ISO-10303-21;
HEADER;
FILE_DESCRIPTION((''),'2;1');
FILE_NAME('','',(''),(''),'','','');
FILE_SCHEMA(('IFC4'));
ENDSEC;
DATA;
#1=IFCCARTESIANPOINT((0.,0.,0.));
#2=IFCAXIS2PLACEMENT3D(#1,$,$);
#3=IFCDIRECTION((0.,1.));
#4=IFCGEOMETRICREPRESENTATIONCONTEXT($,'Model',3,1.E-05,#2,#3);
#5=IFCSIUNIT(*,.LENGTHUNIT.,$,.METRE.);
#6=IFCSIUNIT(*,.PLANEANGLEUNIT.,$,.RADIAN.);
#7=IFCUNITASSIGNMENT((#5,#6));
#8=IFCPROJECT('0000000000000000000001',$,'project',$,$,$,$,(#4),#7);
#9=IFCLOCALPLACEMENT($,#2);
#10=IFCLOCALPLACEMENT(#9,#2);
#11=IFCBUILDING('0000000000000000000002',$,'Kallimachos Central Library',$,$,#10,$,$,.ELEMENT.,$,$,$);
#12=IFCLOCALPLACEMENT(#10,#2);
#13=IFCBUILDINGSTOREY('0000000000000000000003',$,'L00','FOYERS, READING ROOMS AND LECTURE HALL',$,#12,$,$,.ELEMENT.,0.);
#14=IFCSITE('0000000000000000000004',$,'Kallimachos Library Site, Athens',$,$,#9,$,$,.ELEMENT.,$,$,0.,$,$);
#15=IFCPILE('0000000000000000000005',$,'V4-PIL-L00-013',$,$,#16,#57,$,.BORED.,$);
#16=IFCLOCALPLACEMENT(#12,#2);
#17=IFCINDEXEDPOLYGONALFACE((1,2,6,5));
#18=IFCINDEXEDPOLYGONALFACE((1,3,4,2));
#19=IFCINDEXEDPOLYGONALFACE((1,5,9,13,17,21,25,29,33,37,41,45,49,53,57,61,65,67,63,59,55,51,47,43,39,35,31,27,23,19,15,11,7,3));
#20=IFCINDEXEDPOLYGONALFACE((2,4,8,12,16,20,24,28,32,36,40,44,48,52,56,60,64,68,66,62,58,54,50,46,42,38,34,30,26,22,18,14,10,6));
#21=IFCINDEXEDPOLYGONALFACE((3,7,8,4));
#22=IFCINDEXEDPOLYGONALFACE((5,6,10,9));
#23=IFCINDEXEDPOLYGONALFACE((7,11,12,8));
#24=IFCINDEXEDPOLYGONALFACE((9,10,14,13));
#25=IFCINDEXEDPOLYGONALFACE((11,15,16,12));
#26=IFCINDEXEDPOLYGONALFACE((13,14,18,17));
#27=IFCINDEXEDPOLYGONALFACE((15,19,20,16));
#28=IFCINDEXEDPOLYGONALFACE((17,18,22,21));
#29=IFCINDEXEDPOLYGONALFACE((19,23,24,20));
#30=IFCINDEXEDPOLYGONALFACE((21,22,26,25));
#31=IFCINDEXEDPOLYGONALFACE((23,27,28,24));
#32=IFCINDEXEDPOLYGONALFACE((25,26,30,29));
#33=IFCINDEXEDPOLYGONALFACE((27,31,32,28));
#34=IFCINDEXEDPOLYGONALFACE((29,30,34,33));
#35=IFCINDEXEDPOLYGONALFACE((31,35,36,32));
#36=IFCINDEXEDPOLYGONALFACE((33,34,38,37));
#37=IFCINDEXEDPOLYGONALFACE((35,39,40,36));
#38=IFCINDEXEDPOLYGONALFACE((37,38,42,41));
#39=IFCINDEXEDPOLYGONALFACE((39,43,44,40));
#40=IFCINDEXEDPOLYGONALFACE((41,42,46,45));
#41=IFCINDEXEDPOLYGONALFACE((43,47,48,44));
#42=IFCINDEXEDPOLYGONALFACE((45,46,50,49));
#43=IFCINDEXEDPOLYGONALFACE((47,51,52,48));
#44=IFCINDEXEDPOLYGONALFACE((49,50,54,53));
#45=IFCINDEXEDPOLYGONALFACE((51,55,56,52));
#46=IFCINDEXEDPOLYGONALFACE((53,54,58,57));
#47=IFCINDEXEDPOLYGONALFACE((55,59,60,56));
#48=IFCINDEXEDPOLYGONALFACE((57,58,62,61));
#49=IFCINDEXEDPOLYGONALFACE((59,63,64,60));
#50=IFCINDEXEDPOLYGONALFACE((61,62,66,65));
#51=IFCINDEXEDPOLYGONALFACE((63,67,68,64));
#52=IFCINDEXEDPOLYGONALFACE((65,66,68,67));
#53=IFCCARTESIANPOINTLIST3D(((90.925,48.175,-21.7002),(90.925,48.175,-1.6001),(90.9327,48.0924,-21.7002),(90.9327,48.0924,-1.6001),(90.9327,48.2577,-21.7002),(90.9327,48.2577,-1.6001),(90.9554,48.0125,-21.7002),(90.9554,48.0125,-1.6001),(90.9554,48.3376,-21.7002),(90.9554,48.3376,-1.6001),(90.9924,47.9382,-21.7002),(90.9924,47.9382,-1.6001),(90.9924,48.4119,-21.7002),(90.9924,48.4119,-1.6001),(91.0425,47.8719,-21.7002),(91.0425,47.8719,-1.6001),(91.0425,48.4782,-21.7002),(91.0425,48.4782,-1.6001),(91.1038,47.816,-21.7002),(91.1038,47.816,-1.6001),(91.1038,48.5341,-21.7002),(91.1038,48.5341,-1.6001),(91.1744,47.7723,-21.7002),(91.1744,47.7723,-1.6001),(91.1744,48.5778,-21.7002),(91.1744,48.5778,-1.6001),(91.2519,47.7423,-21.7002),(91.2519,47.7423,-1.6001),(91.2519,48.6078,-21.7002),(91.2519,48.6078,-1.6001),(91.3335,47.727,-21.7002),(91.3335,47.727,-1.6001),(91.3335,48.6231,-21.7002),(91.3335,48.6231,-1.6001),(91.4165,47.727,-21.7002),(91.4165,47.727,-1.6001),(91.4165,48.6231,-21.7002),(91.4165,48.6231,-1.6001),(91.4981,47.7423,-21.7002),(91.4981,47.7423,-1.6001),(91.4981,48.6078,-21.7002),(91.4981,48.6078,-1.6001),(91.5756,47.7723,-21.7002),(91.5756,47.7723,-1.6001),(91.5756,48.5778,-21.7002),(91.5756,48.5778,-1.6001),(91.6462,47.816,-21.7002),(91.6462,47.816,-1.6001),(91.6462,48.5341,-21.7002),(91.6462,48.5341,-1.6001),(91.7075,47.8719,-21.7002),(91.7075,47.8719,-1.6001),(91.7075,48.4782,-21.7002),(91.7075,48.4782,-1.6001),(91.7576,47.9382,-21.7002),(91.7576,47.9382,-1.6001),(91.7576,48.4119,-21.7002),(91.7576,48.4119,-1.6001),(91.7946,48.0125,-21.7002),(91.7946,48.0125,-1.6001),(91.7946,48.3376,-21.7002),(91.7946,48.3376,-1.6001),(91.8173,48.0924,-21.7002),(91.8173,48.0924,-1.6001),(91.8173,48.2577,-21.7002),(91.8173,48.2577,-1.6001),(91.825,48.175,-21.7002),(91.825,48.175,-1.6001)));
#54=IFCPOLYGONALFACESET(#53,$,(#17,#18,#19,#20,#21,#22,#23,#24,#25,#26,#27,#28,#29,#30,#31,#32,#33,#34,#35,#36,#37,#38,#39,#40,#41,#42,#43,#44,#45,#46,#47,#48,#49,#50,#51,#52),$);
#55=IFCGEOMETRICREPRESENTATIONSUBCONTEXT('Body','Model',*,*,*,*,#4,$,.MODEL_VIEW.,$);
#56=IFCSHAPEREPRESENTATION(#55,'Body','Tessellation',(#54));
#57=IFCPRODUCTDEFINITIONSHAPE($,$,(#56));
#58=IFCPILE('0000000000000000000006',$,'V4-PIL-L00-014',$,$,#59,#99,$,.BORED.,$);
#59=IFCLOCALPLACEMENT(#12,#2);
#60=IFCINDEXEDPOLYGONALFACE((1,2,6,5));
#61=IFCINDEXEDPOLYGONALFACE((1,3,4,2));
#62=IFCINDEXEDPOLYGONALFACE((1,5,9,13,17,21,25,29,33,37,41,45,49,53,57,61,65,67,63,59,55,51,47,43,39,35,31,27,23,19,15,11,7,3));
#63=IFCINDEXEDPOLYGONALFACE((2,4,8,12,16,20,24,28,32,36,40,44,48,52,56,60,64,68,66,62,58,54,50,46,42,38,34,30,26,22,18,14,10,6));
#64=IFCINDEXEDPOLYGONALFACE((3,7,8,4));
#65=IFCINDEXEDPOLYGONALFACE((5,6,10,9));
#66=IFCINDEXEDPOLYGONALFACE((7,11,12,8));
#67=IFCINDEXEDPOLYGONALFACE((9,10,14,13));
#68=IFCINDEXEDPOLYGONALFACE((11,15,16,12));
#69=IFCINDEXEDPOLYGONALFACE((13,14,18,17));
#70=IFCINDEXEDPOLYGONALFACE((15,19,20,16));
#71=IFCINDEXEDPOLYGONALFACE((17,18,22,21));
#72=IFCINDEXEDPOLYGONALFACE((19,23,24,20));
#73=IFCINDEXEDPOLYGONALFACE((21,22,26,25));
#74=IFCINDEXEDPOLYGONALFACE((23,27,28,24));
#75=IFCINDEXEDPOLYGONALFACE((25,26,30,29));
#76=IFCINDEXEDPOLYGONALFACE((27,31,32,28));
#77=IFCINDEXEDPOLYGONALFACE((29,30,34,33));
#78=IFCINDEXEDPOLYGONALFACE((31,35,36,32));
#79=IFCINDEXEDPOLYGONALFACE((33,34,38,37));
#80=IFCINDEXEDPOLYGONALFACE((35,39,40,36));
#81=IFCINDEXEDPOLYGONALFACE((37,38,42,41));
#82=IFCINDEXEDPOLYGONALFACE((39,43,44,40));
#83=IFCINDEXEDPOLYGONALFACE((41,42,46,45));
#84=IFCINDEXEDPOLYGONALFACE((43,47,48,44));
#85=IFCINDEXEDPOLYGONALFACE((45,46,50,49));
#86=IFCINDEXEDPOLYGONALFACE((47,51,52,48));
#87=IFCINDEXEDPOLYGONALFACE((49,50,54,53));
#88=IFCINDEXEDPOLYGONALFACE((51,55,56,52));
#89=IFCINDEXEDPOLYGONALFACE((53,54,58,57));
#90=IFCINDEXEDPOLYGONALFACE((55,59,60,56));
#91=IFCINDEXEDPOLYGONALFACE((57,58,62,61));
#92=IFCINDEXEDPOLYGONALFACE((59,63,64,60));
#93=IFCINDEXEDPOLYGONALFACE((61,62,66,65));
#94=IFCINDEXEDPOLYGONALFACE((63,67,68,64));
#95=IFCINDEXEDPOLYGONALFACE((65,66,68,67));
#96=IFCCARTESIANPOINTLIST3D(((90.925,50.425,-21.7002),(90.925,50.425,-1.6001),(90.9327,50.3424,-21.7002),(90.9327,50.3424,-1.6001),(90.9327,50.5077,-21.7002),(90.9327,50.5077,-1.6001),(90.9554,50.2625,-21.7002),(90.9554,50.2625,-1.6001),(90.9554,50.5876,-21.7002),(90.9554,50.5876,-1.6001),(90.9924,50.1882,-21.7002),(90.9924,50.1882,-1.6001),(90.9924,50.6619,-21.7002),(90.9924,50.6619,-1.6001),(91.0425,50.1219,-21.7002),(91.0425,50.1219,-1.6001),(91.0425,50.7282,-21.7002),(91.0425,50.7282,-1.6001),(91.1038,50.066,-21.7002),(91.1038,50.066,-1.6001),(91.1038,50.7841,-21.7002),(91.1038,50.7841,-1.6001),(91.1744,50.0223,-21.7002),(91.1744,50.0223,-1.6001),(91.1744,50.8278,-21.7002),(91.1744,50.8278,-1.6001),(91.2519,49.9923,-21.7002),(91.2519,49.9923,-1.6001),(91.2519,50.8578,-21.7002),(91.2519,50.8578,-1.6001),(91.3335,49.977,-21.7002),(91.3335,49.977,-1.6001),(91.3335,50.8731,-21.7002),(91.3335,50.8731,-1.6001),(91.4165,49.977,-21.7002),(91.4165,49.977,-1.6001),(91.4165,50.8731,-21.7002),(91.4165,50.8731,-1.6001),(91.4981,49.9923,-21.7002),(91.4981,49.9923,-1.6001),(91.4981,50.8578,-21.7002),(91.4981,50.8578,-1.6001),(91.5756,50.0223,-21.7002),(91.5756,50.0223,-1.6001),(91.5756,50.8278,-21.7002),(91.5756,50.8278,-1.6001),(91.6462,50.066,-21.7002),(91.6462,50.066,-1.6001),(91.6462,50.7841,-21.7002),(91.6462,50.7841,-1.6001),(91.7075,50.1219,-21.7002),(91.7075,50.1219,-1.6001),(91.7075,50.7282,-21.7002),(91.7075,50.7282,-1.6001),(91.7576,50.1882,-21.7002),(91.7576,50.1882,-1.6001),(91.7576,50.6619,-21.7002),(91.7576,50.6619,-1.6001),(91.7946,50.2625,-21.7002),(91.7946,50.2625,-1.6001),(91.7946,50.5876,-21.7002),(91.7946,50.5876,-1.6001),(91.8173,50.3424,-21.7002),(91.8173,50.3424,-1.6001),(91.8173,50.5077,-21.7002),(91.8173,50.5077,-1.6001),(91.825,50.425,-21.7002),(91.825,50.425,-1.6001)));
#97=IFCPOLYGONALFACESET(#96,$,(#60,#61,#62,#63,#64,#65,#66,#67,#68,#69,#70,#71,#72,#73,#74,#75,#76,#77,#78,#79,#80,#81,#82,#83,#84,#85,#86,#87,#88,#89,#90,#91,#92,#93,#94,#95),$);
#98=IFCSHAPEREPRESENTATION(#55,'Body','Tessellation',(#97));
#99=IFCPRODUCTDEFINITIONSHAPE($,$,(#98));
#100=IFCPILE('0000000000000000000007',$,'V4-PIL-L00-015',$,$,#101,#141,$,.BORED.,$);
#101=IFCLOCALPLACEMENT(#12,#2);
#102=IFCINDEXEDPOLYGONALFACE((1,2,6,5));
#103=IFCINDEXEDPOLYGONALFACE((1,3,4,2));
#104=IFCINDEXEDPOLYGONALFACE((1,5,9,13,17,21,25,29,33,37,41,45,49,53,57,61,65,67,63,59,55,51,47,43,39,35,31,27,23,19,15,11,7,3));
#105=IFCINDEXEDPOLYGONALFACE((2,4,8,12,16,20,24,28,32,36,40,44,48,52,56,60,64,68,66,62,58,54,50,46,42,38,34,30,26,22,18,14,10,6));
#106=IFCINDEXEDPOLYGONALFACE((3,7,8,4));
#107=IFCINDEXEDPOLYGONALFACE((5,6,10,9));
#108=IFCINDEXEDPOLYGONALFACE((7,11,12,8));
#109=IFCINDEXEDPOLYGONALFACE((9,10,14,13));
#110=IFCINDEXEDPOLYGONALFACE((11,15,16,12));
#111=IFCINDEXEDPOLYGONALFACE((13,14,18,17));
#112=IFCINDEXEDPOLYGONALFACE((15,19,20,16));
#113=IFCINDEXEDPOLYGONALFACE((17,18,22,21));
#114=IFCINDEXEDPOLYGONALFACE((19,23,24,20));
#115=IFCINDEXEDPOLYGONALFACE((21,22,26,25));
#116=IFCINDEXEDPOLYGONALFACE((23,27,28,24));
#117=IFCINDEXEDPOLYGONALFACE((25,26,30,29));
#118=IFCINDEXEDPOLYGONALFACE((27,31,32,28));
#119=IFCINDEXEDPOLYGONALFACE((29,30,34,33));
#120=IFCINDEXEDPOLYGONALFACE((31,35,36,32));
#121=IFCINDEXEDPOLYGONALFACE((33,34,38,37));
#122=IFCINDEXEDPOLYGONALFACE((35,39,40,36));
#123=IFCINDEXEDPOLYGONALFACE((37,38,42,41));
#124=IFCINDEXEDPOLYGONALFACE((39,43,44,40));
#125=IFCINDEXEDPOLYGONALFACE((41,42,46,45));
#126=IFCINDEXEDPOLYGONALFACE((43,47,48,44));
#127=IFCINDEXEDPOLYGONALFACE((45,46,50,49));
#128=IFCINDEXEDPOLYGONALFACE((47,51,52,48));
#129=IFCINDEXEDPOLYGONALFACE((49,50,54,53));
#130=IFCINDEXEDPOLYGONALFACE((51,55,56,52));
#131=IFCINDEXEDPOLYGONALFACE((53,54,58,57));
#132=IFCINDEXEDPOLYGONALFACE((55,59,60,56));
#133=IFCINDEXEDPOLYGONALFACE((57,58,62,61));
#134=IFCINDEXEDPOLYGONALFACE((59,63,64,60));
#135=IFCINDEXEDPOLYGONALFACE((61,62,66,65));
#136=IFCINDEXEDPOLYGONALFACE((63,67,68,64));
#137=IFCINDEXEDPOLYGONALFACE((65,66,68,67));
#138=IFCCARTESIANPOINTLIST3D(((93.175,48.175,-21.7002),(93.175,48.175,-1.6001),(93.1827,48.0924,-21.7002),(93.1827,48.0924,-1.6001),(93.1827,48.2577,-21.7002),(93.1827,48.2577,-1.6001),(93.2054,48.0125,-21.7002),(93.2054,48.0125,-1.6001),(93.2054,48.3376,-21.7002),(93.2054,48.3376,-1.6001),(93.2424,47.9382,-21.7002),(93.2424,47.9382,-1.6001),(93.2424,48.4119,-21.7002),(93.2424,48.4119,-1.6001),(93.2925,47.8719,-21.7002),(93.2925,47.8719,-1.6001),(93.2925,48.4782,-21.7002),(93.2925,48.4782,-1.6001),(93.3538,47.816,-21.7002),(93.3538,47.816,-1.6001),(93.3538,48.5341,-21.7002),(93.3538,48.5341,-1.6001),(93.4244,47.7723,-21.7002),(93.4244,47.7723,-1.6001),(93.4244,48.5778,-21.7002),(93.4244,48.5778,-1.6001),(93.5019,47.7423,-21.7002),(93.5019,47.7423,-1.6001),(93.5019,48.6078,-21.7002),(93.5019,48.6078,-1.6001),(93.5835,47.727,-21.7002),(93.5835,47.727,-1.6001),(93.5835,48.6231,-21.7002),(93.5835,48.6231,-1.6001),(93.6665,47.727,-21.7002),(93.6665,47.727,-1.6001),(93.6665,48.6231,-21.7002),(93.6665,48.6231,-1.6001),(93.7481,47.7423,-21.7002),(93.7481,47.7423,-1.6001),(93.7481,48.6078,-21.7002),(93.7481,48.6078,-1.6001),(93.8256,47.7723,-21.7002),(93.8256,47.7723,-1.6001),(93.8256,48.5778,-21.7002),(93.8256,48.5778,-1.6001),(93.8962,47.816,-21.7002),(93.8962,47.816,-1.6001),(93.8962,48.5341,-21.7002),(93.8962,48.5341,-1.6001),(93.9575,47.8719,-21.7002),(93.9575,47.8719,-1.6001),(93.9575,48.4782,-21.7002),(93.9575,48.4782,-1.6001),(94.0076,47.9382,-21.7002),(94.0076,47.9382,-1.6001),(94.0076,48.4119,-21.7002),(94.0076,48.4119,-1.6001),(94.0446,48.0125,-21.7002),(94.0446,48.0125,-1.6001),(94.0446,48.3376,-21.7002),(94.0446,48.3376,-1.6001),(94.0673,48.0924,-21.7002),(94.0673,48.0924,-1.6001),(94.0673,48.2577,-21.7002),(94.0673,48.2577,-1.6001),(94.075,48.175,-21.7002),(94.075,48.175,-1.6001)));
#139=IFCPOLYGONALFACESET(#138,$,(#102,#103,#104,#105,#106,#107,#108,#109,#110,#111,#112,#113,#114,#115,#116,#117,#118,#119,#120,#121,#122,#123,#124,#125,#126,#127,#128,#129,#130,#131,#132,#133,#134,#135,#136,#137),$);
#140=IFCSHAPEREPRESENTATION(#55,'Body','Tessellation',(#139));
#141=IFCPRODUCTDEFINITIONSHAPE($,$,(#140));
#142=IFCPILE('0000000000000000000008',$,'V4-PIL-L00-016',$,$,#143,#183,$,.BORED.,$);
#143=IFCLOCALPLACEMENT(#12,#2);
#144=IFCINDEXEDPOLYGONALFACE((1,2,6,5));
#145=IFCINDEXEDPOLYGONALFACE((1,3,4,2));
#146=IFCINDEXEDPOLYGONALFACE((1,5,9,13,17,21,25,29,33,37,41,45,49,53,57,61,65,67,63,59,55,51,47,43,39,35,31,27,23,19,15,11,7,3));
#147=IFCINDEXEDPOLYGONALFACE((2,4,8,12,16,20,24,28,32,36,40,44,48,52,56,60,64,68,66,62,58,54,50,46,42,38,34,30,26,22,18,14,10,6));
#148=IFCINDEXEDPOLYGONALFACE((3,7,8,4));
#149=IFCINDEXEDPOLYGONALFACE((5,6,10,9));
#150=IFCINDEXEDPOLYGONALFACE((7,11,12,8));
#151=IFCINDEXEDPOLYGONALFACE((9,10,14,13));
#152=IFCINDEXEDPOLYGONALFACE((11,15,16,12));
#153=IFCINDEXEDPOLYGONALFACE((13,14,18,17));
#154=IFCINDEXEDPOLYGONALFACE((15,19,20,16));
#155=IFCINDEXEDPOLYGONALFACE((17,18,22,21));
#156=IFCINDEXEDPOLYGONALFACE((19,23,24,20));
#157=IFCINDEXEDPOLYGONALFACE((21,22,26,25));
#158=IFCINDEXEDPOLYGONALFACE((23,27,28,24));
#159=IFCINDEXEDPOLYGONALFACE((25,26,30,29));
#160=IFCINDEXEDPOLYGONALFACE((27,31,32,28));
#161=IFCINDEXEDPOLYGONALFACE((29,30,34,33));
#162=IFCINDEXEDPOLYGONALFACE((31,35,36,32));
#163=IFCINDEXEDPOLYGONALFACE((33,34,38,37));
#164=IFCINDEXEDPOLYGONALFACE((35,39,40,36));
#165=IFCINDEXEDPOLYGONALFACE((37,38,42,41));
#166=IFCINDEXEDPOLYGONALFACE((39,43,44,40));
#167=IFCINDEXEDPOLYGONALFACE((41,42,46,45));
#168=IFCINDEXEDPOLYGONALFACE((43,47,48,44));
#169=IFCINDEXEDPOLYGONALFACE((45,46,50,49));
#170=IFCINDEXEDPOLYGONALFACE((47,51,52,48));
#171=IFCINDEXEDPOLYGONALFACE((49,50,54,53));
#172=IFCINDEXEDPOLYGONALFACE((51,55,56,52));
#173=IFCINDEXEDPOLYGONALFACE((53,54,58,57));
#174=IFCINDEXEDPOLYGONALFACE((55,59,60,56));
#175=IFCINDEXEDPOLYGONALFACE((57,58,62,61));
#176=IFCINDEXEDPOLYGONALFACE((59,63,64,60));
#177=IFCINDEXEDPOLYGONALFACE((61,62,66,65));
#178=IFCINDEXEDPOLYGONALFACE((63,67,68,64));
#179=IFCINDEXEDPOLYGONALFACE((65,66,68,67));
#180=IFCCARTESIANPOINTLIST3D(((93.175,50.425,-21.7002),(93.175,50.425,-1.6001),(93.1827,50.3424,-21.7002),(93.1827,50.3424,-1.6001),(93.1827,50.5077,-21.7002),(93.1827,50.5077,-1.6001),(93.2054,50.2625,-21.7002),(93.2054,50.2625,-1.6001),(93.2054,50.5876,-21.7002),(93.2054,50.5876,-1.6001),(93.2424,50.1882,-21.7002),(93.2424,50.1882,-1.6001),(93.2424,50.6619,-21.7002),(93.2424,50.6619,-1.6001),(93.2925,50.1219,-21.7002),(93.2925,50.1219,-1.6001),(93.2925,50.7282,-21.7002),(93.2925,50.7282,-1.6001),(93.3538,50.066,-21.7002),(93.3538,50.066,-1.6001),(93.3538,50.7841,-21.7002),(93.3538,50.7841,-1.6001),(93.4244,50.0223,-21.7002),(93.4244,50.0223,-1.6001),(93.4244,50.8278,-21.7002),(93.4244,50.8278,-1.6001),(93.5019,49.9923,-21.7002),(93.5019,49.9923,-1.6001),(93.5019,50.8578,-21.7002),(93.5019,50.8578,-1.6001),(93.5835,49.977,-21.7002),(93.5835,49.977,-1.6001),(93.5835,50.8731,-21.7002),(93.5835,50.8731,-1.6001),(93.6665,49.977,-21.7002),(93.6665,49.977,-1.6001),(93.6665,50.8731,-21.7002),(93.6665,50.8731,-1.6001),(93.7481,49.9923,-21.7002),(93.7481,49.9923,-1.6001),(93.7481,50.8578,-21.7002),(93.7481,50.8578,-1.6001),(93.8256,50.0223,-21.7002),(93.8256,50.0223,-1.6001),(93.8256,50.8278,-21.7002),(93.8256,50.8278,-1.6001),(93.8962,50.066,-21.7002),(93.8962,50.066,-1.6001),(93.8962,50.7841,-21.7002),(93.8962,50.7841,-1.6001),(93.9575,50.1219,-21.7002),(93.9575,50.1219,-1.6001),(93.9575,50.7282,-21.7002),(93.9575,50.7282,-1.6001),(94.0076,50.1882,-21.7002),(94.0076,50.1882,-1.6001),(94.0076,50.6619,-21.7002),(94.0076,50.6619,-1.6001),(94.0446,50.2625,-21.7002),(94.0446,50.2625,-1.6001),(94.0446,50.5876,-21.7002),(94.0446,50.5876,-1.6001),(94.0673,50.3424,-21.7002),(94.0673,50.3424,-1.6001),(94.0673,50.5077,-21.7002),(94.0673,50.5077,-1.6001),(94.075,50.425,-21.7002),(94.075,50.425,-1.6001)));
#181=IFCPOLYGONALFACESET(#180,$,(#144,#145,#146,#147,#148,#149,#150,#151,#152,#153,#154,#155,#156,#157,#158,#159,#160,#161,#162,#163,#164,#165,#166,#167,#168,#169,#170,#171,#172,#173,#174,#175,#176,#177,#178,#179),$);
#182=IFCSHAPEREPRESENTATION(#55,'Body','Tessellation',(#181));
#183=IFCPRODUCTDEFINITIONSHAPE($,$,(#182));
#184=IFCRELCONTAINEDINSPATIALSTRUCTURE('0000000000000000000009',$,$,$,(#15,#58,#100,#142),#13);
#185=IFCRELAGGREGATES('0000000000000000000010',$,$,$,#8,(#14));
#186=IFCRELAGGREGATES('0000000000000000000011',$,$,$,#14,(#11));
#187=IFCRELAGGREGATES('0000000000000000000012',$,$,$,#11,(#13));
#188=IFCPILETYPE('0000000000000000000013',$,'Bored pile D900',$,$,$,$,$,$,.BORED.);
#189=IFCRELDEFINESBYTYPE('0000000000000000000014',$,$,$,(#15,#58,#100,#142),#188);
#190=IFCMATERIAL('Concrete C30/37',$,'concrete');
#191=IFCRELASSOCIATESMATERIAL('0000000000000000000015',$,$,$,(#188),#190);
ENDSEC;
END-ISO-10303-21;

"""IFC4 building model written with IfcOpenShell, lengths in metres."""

from ifc_helpers import new_model, si_unit, direction, frame, origin, origin_2d, place, context, subcontext, project, spatial, circle, extrude, material, type_object, element, save


model = new_model("IFC4")

# Units and contexts
model_context = context("Model", 3, precision=1e-05, world=origin(), true_north=direction((0.0, 1.0)))
body_context = subcontext(model_context, "Body", "Model", "MODEL_VIEW")
ifc_project = project(units=[si_unit("LENGTHUNIT", "METRE"), si_unit("PLANEANGLEUNIT", "RADIAN")], contexts=[model_context])

# Site, building, storey
site_placement = place(None, origin())
site = spatial("IfcSite", under=ifc_project, at=site_placement, Name="Kallimachos Library Site, Athens", CompositionType="ELEMENT", RefElevation=0.0)
building_placement = place(site_placement, origin())
building = spatial("IfcBuilding", under=site, at=building_placement, Name="Kallimachos Central Library", CompositionType="ELEMENT")
storey_placement = place(building_placement, origin())
storey = spatial("IfcBuildingStorey", under=building, at=storey_placement, Name="L00", Description="FOYERS, READING ROOMS AND LECTURE HALL", CompositionType="ELEMENT", Elevation=0.0)

# Piles
ifc_material_1 = material(Name="Concrete C30/37", Category="concrete")
pile_type = type_object("IfcPileType", Name="Bored pile D900", PredefinedType="BORED", material=ifc_material_1)
for number, where, z_axis, x_axis, name in (
    (1, (91.375, 48.175, -1.6001), (0.0, 0.0, -1.0), (1.0, 0.0, 0.0), "V4-PIL-L00-013"),
    (2, (91.375, 50.425, -1.6001), (0.0, 0.0, -1.0), (1.0, 0.0, 0.0), "V4-PIL-L00-014"),
    (3, (93.625, 48.175, -1.6001), (0.0, 0.0, -1.0), (1.0, 0.0, 0.0), "V4-PIL-L00-015"),
    (4, (93.625, 50.425, -1.6001), (0.0, 0.0, -1.0), (1.0, 0.0, 0.0), "V4-PIL-L00-016"),
):
    element("IfcPile", number, at=place(storey_placement, frame(where, z_axis=z_axis, x_axis=x_axis)), inside=storey, type_object=pile_type, Name=name, PredefinedType="BORED", context=body_context, shape_type="SweptSolid", body=[
        extrude(circle(Radius=0.45, at=origin_2d()), origin(), (0.0, 0.0, 1.0), 20.1001),
    ])

save(model, "model.ifc")
